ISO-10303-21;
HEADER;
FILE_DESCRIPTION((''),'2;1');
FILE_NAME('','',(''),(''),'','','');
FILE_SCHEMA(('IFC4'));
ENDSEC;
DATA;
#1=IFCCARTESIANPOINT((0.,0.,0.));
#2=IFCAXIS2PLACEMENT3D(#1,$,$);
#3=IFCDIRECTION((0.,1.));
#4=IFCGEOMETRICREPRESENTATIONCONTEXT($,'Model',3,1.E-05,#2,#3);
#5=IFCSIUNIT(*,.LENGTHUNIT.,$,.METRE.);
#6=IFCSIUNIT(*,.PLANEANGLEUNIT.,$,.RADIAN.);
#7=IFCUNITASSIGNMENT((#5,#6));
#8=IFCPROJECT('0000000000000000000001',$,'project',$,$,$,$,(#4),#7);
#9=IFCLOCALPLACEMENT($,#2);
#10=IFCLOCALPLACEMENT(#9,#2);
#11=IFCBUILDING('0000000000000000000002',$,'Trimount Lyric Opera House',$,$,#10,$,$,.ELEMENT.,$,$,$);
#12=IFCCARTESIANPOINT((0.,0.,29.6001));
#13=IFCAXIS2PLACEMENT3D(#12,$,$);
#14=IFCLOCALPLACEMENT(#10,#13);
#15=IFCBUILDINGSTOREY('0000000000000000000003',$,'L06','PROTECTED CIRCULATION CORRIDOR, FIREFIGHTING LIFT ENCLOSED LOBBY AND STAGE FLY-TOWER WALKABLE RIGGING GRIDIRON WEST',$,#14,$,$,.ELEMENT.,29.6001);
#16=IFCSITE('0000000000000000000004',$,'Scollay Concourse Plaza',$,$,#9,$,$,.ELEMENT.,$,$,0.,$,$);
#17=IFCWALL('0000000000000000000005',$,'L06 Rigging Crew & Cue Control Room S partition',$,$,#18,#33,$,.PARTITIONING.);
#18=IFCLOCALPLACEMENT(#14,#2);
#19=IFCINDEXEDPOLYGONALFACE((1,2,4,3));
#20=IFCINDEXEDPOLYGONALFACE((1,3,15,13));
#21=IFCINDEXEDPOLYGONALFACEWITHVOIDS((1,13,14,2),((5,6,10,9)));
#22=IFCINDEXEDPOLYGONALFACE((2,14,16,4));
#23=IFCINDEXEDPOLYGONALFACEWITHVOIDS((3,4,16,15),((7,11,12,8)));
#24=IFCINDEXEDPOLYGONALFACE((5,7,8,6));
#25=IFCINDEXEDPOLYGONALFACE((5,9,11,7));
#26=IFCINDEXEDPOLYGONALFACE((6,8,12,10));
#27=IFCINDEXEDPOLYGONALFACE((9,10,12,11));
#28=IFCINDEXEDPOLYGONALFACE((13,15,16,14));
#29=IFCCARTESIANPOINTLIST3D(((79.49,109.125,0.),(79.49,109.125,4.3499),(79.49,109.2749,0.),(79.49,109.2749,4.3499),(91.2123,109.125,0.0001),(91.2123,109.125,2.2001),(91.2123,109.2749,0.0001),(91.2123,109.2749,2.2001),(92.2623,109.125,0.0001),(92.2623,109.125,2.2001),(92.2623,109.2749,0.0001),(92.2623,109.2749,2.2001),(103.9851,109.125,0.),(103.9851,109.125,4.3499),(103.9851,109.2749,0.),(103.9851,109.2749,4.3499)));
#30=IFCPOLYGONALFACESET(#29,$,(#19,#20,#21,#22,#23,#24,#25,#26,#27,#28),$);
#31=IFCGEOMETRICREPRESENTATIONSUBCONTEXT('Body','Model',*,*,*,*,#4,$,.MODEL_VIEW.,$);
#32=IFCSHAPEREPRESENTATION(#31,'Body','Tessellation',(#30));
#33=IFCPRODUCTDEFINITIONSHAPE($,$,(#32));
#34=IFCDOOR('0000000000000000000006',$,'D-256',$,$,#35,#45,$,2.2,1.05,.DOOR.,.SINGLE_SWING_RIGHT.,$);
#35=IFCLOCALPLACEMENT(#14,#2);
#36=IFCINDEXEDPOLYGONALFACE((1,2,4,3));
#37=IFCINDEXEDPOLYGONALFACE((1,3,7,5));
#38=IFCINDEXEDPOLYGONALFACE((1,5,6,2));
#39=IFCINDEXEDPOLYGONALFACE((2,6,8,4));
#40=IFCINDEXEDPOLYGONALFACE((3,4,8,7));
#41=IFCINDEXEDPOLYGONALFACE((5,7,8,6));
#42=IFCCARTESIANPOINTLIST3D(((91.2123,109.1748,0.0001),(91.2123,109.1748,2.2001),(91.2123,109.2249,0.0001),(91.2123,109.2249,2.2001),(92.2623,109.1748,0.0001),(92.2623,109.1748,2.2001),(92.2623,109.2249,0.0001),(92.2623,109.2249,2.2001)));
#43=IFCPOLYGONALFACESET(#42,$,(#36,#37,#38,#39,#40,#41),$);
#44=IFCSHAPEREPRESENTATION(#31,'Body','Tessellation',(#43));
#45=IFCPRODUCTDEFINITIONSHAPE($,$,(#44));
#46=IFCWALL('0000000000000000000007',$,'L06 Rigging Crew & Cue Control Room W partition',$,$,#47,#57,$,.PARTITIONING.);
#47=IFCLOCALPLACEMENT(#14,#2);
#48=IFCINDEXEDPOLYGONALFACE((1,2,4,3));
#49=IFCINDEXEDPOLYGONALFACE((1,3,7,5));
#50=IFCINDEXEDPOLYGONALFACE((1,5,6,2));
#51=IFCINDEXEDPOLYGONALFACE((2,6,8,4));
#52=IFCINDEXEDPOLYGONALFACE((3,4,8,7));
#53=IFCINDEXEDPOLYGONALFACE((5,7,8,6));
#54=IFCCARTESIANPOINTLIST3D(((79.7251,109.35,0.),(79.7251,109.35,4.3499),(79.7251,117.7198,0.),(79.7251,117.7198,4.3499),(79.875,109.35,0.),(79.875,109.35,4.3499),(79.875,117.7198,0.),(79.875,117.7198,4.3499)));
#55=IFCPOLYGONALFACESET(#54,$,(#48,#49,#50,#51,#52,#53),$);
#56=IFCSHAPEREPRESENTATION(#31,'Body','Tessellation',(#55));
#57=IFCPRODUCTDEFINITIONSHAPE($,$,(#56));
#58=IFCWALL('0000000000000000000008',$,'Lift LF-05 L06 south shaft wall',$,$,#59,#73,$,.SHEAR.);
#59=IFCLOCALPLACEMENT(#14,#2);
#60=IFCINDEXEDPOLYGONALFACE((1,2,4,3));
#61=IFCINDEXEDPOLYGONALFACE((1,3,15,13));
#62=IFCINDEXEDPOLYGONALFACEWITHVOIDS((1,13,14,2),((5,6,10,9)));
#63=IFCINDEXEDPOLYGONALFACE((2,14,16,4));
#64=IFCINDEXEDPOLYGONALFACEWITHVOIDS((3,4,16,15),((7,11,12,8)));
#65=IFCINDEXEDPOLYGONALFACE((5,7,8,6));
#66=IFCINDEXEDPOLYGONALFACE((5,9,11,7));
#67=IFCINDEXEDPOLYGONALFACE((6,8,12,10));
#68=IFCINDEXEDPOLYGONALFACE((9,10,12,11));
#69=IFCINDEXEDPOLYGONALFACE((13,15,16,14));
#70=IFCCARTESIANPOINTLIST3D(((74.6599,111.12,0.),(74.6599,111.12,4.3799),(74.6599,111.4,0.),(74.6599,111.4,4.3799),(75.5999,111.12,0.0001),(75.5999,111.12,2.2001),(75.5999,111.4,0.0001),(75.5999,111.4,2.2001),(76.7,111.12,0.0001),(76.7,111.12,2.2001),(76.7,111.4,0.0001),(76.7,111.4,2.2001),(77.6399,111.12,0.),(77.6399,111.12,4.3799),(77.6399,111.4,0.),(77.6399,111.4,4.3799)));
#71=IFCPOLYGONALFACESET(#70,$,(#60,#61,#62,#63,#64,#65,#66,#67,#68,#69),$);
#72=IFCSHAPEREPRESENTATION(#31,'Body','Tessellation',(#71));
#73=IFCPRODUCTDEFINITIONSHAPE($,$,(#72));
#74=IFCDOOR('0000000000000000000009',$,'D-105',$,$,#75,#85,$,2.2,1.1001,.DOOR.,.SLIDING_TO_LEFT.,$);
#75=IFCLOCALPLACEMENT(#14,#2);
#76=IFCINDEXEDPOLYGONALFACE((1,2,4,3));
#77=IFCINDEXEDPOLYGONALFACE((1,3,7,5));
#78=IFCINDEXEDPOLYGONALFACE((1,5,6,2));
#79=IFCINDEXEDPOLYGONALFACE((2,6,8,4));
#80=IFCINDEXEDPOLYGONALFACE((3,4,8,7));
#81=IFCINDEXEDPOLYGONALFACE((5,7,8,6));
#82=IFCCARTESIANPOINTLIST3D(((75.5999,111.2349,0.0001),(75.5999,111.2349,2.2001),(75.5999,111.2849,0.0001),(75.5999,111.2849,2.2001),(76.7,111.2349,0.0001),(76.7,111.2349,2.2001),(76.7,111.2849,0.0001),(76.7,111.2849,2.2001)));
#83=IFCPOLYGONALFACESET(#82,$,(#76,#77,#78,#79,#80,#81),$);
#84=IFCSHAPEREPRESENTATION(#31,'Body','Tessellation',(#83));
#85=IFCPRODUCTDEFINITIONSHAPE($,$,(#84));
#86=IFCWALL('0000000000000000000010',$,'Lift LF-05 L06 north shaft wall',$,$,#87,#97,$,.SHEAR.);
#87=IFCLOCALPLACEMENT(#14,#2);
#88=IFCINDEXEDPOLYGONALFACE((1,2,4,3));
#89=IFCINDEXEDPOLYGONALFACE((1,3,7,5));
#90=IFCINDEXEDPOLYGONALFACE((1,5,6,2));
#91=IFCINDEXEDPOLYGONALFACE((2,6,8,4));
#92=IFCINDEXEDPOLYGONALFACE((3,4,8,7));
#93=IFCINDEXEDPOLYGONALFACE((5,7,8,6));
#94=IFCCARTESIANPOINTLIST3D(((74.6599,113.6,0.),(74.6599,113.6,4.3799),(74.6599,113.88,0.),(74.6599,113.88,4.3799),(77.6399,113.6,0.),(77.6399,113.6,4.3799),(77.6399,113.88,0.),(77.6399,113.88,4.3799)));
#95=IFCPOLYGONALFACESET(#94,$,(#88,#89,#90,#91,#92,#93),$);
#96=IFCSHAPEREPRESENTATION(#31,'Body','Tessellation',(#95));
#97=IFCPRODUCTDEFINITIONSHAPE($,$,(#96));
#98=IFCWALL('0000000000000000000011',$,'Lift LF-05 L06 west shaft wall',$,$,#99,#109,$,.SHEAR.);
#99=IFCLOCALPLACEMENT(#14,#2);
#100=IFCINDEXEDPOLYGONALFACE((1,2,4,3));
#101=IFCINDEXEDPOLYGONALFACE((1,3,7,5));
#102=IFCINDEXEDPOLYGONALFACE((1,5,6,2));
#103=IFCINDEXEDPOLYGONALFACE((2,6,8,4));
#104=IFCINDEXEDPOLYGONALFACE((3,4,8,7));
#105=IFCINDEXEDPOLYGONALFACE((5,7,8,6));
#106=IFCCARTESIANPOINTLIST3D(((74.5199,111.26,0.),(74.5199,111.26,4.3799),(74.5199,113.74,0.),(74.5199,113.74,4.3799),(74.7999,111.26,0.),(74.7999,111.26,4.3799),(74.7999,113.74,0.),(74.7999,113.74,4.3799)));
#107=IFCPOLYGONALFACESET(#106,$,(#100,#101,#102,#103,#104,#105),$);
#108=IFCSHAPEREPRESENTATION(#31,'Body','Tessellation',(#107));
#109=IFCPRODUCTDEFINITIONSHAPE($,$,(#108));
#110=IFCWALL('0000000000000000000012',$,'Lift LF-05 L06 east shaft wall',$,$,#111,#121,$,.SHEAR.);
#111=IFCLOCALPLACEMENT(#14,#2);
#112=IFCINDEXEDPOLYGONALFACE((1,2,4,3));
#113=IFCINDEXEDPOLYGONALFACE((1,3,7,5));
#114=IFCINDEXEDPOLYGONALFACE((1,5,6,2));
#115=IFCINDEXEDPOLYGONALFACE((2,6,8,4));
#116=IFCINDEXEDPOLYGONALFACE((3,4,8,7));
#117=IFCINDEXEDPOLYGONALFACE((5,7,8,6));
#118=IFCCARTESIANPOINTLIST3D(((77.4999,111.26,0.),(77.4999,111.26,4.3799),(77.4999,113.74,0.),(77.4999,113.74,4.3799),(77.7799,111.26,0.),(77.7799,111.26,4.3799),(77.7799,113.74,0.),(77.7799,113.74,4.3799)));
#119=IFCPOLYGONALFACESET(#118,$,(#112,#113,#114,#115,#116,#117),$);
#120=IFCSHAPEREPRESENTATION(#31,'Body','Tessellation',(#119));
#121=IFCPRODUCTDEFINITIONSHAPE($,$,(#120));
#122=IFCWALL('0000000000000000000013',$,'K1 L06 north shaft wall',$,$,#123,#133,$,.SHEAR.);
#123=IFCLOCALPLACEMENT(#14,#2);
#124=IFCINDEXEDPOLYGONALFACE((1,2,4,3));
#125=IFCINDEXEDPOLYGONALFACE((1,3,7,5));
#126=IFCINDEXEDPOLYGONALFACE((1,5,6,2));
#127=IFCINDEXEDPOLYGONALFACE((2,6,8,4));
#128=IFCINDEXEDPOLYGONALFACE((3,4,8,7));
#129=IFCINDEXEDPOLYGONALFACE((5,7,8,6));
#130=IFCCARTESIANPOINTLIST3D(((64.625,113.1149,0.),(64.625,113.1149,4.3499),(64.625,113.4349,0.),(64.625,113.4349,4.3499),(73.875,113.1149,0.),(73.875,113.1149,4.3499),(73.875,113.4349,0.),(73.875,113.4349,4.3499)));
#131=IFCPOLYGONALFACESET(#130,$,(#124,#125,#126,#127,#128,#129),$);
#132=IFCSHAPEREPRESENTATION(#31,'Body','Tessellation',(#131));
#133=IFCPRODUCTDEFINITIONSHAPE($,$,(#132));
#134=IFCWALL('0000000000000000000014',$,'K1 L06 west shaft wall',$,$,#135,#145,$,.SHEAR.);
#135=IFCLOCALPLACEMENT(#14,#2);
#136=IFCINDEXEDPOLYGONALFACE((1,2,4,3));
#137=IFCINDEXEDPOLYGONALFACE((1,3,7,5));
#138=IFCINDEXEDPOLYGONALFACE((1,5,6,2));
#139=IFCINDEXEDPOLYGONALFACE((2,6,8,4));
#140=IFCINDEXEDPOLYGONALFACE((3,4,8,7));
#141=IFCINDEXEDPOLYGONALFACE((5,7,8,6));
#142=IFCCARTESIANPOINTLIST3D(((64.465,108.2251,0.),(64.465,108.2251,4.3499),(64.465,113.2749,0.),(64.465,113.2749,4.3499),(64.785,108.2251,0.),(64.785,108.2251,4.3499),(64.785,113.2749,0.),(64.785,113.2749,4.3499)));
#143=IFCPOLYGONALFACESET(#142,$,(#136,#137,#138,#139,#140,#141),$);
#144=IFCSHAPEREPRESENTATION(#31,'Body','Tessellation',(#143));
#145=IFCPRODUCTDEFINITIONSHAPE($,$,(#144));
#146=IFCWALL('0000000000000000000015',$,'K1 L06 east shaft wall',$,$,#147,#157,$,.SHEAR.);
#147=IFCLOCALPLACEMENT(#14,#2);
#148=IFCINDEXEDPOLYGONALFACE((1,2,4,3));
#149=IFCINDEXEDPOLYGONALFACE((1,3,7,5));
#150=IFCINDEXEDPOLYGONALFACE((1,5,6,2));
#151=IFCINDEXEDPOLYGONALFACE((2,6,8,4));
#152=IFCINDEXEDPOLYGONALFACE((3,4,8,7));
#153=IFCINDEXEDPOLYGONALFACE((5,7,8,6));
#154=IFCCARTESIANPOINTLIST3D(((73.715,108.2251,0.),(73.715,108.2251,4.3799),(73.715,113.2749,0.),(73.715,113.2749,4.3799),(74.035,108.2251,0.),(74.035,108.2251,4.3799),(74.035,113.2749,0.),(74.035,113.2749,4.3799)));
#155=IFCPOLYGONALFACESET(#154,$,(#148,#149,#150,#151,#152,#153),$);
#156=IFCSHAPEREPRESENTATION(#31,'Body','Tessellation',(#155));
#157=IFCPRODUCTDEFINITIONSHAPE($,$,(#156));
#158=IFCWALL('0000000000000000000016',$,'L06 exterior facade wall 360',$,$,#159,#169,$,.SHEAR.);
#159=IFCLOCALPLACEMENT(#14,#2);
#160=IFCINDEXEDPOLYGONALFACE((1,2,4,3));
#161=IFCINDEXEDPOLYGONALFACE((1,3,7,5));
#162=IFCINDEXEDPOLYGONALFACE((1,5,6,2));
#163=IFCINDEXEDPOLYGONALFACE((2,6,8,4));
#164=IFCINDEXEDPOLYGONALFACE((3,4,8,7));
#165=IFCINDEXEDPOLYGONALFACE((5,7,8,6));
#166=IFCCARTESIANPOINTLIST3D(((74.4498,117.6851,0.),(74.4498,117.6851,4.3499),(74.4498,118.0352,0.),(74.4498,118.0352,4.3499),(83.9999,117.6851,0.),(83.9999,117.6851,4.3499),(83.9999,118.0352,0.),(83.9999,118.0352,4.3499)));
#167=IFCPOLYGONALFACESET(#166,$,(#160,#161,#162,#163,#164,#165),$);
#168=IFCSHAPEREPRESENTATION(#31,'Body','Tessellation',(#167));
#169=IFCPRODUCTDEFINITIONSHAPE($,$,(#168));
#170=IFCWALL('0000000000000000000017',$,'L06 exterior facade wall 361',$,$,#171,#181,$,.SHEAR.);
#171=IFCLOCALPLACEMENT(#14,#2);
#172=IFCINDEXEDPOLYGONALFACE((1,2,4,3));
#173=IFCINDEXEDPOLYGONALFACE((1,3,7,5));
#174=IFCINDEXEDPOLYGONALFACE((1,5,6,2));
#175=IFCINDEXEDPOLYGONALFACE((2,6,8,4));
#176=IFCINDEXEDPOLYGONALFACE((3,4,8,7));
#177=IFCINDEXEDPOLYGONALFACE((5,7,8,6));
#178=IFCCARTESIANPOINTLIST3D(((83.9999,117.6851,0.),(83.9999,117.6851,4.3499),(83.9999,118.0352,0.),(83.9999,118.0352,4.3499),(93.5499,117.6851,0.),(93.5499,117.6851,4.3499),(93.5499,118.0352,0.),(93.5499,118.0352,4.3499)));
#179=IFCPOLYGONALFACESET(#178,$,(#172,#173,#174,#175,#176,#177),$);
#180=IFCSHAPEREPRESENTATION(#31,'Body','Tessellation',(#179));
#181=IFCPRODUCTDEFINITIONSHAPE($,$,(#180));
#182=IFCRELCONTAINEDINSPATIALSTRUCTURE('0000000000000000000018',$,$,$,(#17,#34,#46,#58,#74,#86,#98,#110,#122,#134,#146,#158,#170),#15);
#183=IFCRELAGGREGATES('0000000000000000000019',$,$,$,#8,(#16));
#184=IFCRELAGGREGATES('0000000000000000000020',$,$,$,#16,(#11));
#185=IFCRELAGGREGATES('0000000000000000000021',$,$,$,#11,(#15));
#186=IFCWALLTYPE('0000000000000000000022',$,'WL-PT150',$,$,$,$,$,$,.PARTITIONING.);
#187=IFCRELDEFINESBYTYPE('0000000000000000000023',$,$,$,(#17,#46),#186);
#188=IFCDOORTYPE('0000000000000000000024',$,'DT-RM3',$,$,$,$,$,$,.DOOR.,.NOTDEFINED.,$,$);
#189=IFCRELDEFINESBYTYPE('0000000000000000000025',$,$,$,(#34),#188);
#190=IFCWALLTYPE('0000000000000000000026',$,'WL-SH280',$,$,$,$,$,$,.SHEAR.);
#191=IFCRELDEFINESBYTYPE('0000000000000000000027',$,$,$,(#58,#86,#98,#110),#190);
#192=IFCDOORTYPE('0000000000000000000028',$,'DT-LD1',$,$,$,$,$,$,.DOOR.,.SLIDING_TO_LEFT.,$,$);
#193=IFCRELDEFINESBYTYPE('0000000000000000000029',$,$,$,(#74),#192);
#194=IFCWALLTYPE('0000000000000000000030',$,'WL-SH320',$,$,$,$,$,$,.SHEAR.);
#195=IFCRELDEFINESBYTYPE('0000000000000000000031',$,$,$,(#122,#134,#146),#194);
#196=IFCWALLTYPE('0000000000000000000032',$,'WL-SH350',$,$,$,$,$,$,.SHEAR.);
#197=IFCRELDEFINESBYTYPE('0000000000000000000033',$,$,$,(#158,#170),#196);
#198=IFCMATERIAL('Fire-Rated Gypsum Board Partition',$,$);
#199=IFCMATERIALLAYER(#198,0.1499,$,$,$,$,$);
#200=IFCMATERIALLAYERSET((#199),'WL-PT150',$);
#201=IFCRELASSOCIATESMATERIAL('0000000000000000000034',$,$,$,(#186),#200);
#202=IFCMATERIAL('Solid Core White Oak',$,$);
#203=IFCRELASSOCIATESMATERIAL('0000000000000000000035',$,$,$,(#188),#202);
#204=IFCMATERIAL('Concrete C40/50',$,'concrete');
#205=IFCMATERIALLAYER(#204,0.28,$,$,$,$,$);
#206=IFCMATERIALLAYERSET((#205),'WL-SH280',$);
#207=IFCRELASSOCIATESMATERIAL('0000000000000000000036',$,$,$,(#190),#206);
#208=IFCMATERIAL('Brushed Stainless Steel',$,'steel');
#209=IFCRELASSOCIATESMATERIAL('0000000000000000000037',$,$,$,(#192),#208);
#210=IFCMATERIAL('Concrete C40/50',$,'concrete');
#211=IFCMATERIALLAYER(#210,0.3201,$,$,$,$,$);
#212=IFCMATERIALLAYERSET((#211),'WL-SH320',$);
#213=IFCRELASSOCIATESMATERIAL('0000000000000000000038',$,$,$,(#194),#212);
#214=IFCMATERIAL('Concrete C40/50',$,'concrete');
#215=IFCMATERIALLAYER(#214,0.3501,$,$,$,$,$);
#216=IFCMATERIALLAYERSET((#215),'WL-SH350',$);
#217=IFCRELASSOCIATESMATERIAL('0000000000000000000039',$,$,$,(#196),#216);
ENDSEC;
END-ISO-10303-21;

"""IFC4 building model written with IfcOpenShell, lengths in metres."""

from ifc_helpers import new_model, si_unit, direction, frame, frame_2d, origin, place, context, subcontext, project, spatial, rectangle, extrude, material, layer, layer_set, type_object, element, fill, save


model = new_model("IFC4")

# Units and contexts
model_context = context("Model", 3, precision=1e-05, world=origin(), true_north=direction((0.0, 1.0)))
body_context = subcontext(model_context, "Body", "Model", "MODEL_VIEW")
ifc_project = project(units=[si_unit("LENGTHUNIT", "METRE"), si_unit("PLANEANGLEUNIT", "RADIAN")], contexts=[model_context])

# Site, building, storey
site_placement = place(None, origin())
site = spatial("IfcSite", under=ifc_project, at=site_placement, Name="Scollay Concourse Plaza", CompositionType="ELEMENT", RefElevation=0.0)
building_placement = place(site_placement, origin())
building = spatial("IfcBuilding", under=site, at=building_placement, Name="Trimount Lyric Opera House", CompositionType="ELEMENT")
storey_placement = place(building_placement, frame((0.0, 0.0, 29.6001)))
storey = spatial("IfcBuildingStorey", under=building, at=storey_placement, Name="L06", Description="PROTECTED CIRCULATION CORRIDOR, FIREFIGHTING LIFT ENCLOSED LOBBY AND STAGE FLY-TOWER WALKABLE RIGGING GRIDIRON WEST", CompositionType="ELEMENT", Elevation=29.6001)

# Shared definitions
ifc_material_1 = material(Name="Fire-Rated Gypsum Board Partition")
ifc_layer_1 = layer(ifc_material_1, 0.1499)
ifc_layer_set_1 = layer_set([ifc_layer_1], Name="WL-PT150")
wall_type_1 = type_object("IfcWallType", Name="WL-PT150", PredefinedType="PARTITIONING", material=ifc_layer_set_1)

# Wall, opening, door
wall_1_placement = place(storey_placement, frame((79.49, 109.2, 0.0), z_axis=(0.0, 0.0, 1.0), x_axis=(1.0, 0.0, 0.0)))
wall_1 = element("IfcWall", 1, at=wall_1_placement, inside=storey, type_object=wall_type_1, Name="L06 Rigging Crew & Cue Control Room S partition", PredefinedType="PARTITIONING", context=body_context, shape_type="SweptSolid", body=[
    extrude(rectangle(XDim=24.4951, YDim=0.1499, at=frame_2d((12.2476, 0.0))), origin(), (0.0, 0.0, 1.0), 4.3499),
])
opening_1_placement = place(wall_1_placement, frame((11.7224, 0.0, 0.0)))
opening_1 = element("IfcOpeningElement", 2, at=opening_1_placement, cuts=wall_1, PredefinedType="OPENING", context=body_context, shape_type="SweptSolid", body=[
    extrude(rectangle(XDim=1.05, YDim=2.2, at=frame_2d((0.5249, 1.1001))), frame((0.0, 0.085, 0.0), z_axis=(0.0, -1.0, 0.0), x_axis=(1.0, 0.0, 0.0)), (0.0, 0.0, 1.0), 0.1699),
])
ifc_material_2 = material(Name="Solid Core White Oak")
door_type_1 = type_object("IfcDoorType", Name="DT-RM3", OperationType="NOTDEFINED", PredefinedType="DOOR", material=ifc_material_2)
door_1_placement = place(opening_1_placement, origin())
door_1 = element("IfcDoor", 3, at=door_1_placement, inside=storey, type_object=door_type_1, Name="D-256", OperationType="SINGLE_SWING_RIGHT", OverallHeight=2.2, OverallWidth=1.05, PredefinedType="DOOR", context=body_context, shape_type="SweptSolid", body=[
    extrude(rectangle(XDim=1.05, YDim=2.2, at=frame_2d((0.5249, 1.1001))), frame((0.0, 0.0249, 0.0), z_axis=(0.0, -1.0, 0.0), x_axis=(1.0, 0.0, 0.0)), (0.0, 0.0, 1.0), 0.05),
])
fill(opening_1, door_1)

# Wall
wall_2_placement = place(storey_placement, frame((79.8, 117.72, 0.0), z_axis=(0.0, 0.0, 1.0), x_axis=(0.0, -1.0, 0.0)))
element("IfcWall", 4, at=wall_2_placement, inside=storey, type_object=wall_type_1, Name="L06 Rigging Crew & Cue Control Room W partition", PredefinedType="PARTITIONING", context=body_context, shape_type="SweptSolid", body=[
    extrude(rectangle(XDim=8.3699, YDim=0.1499, at=frame_2d((4.1851, 0.0))), origin(), (0.0, 0.0, 1.0), 4.3499),
])

# Wall, opening, door
ifc_material_3 = material(Name="Concrete C40/50", Category="concrete")
ifc_layer_2 = layer(ifc_material_3, 0.28)
ifc_layer_set_2 = layer_set([ifc_layer_2], Name="WL-SH280")
wall_type_2 = type_object("IfcWallType", Name="WL-SH280", PredefinedType="SHEAR", material=ifc_layer_set_2)
wall_3_placement = place(storey_placement, frame((74.6599, 111.26, 0.0), z_axis=(0.0, 0.0, 1.0), x_axis=(1.0, 0.0, 0.0)))
wall_3 = element("IfcWall", 5, at=wall_3_placement, inside=storey, type_object=wall_type_2, Name="Lift LF-05 L06 south shaft wall", PredefinedType="SHEAR", context=body_context, shape_type="SweptSolid", body=[
    extrude(rectangle(XDim=2.98, YDim=0.28, at=frame_2d((1.49, 0.0))), origin(), (0.0, 0.0, 1.0), 4.3799),
])
opening_2_placement = place(wall_3_placement, frame((0.9399, 0.0, 0.0)))
opening_2 = element("IfcOpeningElement", 6, at=opening_2_placement, cuts=wall_3, PredefinedType="OPENING", context=body_context, shape_type="SweptSolid", body=[
    extrude(rectangle(XDim=1.1001, YDim=2.2, at=frame_2d((0.55, 1.1001))), frame((0.0, 0.1499, 0.0), z_axis=(0.0, -1.0, 0.0), x_axis=(1.0, 0.0, 0.0)), (0.0, 0.0, 1.0), 0.3),
])
ifc_material_4 = material(Name="Brushed Stainless Steel", Category="steel")
door_type_2 = type_object("IfcDoorType", Name="DT-LD1", OperationType="SLIDING_TO_LEFT", PredefinedType="DOOR", material=ifc_material_4)
door_2_placement = place(opening_2_placement, origin())
door_2 = element("IfcDoor", 7, at=door_2_placement, inside=storey, type_object=door_type_2, Name="D-105", OperationType="SLIDING_TO_LEFT", OverallHeight=2.2, OverallWidth=1.1001, PredefinedType="DOOR", context=body_context, shape_type="SweptSolid", body=[
    extrude(rectangle(XDim=1.1001, YDim=2.2, at=frame_2d((0.55, 1.1001))), frame((0.0, 0.0249, 0.0), z_axis=(0.0, -1.0, 0.0), x_axis=(1.0, 0.0, 0.0)), (0.0, 0.0, 1.0), 0.05),
])
fill(opening_2, door_2)

# Walls
wall_4_placement = place(storey_placement, frame((77.6399, 113.74, 0.0), z_axis=(0.0, 0.0, 1.0), x_axis=(-1.0, 0.0, 0.0)))
element("IfcWall", 8, at=wall_4_placement, inside=storey, type_object=wall_type_2, Name="Lift LF-05 L06 north shaft wall", PredefinedType="SHEAR", context=body_context, shape_type="SweptSolid", body=[
    extrude(rectangle(XDim=2.98, YDim=0.28, at=frame_2d((1.49, 0.0))), origin(), (0.0, 0.0, 1.0), 4.3799),
])
for number, where, z_axis, x_axis, name in (
    (9, (74.6599, 113.74, 0.0), (0.0, 0.0, 1.0), (0.0, -1.0, 0.0), "Lift LF-05 L06 west shaft wall"),
    (10, (77.6399, 111.26, 0.0), (0.0, 0.0, 1.0), (0.0, 1.0, 0.0), "Lift LF-05 L06 east shaft wall"),
):
    element("IfcWall", number, at=place(storey_placement, frame(where, z_axis=z_axis, x_axis=x_axis)), inside=storey, type_object=wall_type_2, Name=name, PredefinedType="SHEAR", context=body_context, shape_type="SweptSolid", body=[
        extrude(rectangle(XDim=2.48, YDim=0.28, at=frame_2d((1.24, 0.0))), origin(), (0.0, 0.0, 1.0), 4.3799),
    ])
ifc_material_5 = material(Name="Concrete C40/50", Category="concrete")
ifc_layer_3 = layer(ifc_material_5, 0.3201)
ifc_layer_set_3 = layer_set([ifc_layer_3], Name="WL-SH320")
wall_type_3 = type_object("IfcWallType", Name="WL-SH320", PredefinedType="SHEAR", material=ifc_layer_set_3)
wall_5_placement = place(storey_placement, frame((73.875, 113.2749, 0.0), z_axis=(0.0, 0.0, 1.0), x_axis=(-1.0, 0.0, 0.0)))
element("IfcWall", 11, at=wall_5_placement, inside=storey, type_object=wall_type_3, Name="K1 L06 north shaft wall", PredefinedType="SHEAR", context=body_context, shape_type="SweptSolid", body=[
    extrude(rectangle(XDim=9.25, YDim=0.3201, at=frame_2d((4.625, 0.0))), origin(), (0.0, 0.0, 1.0), 4.3499),
])
wall_6_placement = place(storey_placement, frame((64.625, 113.2749, 0.0), z_axis=(0.0, 0.0, 1.0), x_axis=(0.0, -1.0, 0.0)))
element("IfcWall", 12, at=wall_6_placement, inside=storey, type_object=wall_type_3, Name="K1 L06 west shaft wall", PredefinedType="SHEAR", context=body_context, shape_type="SweptSolid", body=[
    extrude(rectangle(XDim=5.0498, YDim=0.3201, at=frame_2d((2.5249, 0.0))), origin(), (0.0, 0.0, 1.0), 4.3499),
])
wall_7_placement = place(storey_placement, frame((73.875, 108.2251, 0.0), z_axis=(0.0, 0.0, 1.0), x_axis=(0.0, 1.0, 0.0)))
element("IfcWall", 13, at=wall_7_placement, inside=storey, type_object=wall_type_3, Name="K1 L06 east shaft wall", PredefinedType="SHEAR", context=body_context, shape_type="SweptSolid", body=[
    extrude(rectangle(XDim=5.0498, YDim=0.3201, at=frame_2d((2.5249, 0.0))), origin(), (0.0, 0.0, 1.0), 4.3799),
])
ifc_material_6 = material(Name="Concrete C40/50", Category="concrete")
ifc_layer_4 = layer(ifc_material_6, 0.3501)
ifc_layer_set_4 = layer_set([ifc_layer_4], Name="WL-SH350")
wall_type_4 = type_object("IfcWallType", Name="WL-SH350", PredefinedType="SHEAR", material=ifc_layer_set_4)
for number, where, z_axis, x_axis, name in (
    (14, (74.45, 117.8601, 0.0), (0.0, 0.0, 1.0), (1.0, 0.0, 0.0), "L06 exterior facade wall 360"),
    (15, (84.0, 117.8601, 0.0), (0.0, 0.0, 1.0), (1.0, 0.0, 0.0), "L06 exterior facade wall 361"),
):
    element("IfcWall", number, at=place(storey_placement, frame(where, z_axis=z_axis, x_axis=x_axis)), inside=storey, type_object=wall_type_4, Name=name, PredefinedType="SHEAR", context=body_context, shape_type="SweptSolid", body=[
        extrude(rectangle(XDim=9.55, YDim=0.3501, at=frame_2d((4.7749, 0.0))), origin(), (0.0, 0.0, 1.0), 4.3499),
    ])

save(model, "model.ifc")
